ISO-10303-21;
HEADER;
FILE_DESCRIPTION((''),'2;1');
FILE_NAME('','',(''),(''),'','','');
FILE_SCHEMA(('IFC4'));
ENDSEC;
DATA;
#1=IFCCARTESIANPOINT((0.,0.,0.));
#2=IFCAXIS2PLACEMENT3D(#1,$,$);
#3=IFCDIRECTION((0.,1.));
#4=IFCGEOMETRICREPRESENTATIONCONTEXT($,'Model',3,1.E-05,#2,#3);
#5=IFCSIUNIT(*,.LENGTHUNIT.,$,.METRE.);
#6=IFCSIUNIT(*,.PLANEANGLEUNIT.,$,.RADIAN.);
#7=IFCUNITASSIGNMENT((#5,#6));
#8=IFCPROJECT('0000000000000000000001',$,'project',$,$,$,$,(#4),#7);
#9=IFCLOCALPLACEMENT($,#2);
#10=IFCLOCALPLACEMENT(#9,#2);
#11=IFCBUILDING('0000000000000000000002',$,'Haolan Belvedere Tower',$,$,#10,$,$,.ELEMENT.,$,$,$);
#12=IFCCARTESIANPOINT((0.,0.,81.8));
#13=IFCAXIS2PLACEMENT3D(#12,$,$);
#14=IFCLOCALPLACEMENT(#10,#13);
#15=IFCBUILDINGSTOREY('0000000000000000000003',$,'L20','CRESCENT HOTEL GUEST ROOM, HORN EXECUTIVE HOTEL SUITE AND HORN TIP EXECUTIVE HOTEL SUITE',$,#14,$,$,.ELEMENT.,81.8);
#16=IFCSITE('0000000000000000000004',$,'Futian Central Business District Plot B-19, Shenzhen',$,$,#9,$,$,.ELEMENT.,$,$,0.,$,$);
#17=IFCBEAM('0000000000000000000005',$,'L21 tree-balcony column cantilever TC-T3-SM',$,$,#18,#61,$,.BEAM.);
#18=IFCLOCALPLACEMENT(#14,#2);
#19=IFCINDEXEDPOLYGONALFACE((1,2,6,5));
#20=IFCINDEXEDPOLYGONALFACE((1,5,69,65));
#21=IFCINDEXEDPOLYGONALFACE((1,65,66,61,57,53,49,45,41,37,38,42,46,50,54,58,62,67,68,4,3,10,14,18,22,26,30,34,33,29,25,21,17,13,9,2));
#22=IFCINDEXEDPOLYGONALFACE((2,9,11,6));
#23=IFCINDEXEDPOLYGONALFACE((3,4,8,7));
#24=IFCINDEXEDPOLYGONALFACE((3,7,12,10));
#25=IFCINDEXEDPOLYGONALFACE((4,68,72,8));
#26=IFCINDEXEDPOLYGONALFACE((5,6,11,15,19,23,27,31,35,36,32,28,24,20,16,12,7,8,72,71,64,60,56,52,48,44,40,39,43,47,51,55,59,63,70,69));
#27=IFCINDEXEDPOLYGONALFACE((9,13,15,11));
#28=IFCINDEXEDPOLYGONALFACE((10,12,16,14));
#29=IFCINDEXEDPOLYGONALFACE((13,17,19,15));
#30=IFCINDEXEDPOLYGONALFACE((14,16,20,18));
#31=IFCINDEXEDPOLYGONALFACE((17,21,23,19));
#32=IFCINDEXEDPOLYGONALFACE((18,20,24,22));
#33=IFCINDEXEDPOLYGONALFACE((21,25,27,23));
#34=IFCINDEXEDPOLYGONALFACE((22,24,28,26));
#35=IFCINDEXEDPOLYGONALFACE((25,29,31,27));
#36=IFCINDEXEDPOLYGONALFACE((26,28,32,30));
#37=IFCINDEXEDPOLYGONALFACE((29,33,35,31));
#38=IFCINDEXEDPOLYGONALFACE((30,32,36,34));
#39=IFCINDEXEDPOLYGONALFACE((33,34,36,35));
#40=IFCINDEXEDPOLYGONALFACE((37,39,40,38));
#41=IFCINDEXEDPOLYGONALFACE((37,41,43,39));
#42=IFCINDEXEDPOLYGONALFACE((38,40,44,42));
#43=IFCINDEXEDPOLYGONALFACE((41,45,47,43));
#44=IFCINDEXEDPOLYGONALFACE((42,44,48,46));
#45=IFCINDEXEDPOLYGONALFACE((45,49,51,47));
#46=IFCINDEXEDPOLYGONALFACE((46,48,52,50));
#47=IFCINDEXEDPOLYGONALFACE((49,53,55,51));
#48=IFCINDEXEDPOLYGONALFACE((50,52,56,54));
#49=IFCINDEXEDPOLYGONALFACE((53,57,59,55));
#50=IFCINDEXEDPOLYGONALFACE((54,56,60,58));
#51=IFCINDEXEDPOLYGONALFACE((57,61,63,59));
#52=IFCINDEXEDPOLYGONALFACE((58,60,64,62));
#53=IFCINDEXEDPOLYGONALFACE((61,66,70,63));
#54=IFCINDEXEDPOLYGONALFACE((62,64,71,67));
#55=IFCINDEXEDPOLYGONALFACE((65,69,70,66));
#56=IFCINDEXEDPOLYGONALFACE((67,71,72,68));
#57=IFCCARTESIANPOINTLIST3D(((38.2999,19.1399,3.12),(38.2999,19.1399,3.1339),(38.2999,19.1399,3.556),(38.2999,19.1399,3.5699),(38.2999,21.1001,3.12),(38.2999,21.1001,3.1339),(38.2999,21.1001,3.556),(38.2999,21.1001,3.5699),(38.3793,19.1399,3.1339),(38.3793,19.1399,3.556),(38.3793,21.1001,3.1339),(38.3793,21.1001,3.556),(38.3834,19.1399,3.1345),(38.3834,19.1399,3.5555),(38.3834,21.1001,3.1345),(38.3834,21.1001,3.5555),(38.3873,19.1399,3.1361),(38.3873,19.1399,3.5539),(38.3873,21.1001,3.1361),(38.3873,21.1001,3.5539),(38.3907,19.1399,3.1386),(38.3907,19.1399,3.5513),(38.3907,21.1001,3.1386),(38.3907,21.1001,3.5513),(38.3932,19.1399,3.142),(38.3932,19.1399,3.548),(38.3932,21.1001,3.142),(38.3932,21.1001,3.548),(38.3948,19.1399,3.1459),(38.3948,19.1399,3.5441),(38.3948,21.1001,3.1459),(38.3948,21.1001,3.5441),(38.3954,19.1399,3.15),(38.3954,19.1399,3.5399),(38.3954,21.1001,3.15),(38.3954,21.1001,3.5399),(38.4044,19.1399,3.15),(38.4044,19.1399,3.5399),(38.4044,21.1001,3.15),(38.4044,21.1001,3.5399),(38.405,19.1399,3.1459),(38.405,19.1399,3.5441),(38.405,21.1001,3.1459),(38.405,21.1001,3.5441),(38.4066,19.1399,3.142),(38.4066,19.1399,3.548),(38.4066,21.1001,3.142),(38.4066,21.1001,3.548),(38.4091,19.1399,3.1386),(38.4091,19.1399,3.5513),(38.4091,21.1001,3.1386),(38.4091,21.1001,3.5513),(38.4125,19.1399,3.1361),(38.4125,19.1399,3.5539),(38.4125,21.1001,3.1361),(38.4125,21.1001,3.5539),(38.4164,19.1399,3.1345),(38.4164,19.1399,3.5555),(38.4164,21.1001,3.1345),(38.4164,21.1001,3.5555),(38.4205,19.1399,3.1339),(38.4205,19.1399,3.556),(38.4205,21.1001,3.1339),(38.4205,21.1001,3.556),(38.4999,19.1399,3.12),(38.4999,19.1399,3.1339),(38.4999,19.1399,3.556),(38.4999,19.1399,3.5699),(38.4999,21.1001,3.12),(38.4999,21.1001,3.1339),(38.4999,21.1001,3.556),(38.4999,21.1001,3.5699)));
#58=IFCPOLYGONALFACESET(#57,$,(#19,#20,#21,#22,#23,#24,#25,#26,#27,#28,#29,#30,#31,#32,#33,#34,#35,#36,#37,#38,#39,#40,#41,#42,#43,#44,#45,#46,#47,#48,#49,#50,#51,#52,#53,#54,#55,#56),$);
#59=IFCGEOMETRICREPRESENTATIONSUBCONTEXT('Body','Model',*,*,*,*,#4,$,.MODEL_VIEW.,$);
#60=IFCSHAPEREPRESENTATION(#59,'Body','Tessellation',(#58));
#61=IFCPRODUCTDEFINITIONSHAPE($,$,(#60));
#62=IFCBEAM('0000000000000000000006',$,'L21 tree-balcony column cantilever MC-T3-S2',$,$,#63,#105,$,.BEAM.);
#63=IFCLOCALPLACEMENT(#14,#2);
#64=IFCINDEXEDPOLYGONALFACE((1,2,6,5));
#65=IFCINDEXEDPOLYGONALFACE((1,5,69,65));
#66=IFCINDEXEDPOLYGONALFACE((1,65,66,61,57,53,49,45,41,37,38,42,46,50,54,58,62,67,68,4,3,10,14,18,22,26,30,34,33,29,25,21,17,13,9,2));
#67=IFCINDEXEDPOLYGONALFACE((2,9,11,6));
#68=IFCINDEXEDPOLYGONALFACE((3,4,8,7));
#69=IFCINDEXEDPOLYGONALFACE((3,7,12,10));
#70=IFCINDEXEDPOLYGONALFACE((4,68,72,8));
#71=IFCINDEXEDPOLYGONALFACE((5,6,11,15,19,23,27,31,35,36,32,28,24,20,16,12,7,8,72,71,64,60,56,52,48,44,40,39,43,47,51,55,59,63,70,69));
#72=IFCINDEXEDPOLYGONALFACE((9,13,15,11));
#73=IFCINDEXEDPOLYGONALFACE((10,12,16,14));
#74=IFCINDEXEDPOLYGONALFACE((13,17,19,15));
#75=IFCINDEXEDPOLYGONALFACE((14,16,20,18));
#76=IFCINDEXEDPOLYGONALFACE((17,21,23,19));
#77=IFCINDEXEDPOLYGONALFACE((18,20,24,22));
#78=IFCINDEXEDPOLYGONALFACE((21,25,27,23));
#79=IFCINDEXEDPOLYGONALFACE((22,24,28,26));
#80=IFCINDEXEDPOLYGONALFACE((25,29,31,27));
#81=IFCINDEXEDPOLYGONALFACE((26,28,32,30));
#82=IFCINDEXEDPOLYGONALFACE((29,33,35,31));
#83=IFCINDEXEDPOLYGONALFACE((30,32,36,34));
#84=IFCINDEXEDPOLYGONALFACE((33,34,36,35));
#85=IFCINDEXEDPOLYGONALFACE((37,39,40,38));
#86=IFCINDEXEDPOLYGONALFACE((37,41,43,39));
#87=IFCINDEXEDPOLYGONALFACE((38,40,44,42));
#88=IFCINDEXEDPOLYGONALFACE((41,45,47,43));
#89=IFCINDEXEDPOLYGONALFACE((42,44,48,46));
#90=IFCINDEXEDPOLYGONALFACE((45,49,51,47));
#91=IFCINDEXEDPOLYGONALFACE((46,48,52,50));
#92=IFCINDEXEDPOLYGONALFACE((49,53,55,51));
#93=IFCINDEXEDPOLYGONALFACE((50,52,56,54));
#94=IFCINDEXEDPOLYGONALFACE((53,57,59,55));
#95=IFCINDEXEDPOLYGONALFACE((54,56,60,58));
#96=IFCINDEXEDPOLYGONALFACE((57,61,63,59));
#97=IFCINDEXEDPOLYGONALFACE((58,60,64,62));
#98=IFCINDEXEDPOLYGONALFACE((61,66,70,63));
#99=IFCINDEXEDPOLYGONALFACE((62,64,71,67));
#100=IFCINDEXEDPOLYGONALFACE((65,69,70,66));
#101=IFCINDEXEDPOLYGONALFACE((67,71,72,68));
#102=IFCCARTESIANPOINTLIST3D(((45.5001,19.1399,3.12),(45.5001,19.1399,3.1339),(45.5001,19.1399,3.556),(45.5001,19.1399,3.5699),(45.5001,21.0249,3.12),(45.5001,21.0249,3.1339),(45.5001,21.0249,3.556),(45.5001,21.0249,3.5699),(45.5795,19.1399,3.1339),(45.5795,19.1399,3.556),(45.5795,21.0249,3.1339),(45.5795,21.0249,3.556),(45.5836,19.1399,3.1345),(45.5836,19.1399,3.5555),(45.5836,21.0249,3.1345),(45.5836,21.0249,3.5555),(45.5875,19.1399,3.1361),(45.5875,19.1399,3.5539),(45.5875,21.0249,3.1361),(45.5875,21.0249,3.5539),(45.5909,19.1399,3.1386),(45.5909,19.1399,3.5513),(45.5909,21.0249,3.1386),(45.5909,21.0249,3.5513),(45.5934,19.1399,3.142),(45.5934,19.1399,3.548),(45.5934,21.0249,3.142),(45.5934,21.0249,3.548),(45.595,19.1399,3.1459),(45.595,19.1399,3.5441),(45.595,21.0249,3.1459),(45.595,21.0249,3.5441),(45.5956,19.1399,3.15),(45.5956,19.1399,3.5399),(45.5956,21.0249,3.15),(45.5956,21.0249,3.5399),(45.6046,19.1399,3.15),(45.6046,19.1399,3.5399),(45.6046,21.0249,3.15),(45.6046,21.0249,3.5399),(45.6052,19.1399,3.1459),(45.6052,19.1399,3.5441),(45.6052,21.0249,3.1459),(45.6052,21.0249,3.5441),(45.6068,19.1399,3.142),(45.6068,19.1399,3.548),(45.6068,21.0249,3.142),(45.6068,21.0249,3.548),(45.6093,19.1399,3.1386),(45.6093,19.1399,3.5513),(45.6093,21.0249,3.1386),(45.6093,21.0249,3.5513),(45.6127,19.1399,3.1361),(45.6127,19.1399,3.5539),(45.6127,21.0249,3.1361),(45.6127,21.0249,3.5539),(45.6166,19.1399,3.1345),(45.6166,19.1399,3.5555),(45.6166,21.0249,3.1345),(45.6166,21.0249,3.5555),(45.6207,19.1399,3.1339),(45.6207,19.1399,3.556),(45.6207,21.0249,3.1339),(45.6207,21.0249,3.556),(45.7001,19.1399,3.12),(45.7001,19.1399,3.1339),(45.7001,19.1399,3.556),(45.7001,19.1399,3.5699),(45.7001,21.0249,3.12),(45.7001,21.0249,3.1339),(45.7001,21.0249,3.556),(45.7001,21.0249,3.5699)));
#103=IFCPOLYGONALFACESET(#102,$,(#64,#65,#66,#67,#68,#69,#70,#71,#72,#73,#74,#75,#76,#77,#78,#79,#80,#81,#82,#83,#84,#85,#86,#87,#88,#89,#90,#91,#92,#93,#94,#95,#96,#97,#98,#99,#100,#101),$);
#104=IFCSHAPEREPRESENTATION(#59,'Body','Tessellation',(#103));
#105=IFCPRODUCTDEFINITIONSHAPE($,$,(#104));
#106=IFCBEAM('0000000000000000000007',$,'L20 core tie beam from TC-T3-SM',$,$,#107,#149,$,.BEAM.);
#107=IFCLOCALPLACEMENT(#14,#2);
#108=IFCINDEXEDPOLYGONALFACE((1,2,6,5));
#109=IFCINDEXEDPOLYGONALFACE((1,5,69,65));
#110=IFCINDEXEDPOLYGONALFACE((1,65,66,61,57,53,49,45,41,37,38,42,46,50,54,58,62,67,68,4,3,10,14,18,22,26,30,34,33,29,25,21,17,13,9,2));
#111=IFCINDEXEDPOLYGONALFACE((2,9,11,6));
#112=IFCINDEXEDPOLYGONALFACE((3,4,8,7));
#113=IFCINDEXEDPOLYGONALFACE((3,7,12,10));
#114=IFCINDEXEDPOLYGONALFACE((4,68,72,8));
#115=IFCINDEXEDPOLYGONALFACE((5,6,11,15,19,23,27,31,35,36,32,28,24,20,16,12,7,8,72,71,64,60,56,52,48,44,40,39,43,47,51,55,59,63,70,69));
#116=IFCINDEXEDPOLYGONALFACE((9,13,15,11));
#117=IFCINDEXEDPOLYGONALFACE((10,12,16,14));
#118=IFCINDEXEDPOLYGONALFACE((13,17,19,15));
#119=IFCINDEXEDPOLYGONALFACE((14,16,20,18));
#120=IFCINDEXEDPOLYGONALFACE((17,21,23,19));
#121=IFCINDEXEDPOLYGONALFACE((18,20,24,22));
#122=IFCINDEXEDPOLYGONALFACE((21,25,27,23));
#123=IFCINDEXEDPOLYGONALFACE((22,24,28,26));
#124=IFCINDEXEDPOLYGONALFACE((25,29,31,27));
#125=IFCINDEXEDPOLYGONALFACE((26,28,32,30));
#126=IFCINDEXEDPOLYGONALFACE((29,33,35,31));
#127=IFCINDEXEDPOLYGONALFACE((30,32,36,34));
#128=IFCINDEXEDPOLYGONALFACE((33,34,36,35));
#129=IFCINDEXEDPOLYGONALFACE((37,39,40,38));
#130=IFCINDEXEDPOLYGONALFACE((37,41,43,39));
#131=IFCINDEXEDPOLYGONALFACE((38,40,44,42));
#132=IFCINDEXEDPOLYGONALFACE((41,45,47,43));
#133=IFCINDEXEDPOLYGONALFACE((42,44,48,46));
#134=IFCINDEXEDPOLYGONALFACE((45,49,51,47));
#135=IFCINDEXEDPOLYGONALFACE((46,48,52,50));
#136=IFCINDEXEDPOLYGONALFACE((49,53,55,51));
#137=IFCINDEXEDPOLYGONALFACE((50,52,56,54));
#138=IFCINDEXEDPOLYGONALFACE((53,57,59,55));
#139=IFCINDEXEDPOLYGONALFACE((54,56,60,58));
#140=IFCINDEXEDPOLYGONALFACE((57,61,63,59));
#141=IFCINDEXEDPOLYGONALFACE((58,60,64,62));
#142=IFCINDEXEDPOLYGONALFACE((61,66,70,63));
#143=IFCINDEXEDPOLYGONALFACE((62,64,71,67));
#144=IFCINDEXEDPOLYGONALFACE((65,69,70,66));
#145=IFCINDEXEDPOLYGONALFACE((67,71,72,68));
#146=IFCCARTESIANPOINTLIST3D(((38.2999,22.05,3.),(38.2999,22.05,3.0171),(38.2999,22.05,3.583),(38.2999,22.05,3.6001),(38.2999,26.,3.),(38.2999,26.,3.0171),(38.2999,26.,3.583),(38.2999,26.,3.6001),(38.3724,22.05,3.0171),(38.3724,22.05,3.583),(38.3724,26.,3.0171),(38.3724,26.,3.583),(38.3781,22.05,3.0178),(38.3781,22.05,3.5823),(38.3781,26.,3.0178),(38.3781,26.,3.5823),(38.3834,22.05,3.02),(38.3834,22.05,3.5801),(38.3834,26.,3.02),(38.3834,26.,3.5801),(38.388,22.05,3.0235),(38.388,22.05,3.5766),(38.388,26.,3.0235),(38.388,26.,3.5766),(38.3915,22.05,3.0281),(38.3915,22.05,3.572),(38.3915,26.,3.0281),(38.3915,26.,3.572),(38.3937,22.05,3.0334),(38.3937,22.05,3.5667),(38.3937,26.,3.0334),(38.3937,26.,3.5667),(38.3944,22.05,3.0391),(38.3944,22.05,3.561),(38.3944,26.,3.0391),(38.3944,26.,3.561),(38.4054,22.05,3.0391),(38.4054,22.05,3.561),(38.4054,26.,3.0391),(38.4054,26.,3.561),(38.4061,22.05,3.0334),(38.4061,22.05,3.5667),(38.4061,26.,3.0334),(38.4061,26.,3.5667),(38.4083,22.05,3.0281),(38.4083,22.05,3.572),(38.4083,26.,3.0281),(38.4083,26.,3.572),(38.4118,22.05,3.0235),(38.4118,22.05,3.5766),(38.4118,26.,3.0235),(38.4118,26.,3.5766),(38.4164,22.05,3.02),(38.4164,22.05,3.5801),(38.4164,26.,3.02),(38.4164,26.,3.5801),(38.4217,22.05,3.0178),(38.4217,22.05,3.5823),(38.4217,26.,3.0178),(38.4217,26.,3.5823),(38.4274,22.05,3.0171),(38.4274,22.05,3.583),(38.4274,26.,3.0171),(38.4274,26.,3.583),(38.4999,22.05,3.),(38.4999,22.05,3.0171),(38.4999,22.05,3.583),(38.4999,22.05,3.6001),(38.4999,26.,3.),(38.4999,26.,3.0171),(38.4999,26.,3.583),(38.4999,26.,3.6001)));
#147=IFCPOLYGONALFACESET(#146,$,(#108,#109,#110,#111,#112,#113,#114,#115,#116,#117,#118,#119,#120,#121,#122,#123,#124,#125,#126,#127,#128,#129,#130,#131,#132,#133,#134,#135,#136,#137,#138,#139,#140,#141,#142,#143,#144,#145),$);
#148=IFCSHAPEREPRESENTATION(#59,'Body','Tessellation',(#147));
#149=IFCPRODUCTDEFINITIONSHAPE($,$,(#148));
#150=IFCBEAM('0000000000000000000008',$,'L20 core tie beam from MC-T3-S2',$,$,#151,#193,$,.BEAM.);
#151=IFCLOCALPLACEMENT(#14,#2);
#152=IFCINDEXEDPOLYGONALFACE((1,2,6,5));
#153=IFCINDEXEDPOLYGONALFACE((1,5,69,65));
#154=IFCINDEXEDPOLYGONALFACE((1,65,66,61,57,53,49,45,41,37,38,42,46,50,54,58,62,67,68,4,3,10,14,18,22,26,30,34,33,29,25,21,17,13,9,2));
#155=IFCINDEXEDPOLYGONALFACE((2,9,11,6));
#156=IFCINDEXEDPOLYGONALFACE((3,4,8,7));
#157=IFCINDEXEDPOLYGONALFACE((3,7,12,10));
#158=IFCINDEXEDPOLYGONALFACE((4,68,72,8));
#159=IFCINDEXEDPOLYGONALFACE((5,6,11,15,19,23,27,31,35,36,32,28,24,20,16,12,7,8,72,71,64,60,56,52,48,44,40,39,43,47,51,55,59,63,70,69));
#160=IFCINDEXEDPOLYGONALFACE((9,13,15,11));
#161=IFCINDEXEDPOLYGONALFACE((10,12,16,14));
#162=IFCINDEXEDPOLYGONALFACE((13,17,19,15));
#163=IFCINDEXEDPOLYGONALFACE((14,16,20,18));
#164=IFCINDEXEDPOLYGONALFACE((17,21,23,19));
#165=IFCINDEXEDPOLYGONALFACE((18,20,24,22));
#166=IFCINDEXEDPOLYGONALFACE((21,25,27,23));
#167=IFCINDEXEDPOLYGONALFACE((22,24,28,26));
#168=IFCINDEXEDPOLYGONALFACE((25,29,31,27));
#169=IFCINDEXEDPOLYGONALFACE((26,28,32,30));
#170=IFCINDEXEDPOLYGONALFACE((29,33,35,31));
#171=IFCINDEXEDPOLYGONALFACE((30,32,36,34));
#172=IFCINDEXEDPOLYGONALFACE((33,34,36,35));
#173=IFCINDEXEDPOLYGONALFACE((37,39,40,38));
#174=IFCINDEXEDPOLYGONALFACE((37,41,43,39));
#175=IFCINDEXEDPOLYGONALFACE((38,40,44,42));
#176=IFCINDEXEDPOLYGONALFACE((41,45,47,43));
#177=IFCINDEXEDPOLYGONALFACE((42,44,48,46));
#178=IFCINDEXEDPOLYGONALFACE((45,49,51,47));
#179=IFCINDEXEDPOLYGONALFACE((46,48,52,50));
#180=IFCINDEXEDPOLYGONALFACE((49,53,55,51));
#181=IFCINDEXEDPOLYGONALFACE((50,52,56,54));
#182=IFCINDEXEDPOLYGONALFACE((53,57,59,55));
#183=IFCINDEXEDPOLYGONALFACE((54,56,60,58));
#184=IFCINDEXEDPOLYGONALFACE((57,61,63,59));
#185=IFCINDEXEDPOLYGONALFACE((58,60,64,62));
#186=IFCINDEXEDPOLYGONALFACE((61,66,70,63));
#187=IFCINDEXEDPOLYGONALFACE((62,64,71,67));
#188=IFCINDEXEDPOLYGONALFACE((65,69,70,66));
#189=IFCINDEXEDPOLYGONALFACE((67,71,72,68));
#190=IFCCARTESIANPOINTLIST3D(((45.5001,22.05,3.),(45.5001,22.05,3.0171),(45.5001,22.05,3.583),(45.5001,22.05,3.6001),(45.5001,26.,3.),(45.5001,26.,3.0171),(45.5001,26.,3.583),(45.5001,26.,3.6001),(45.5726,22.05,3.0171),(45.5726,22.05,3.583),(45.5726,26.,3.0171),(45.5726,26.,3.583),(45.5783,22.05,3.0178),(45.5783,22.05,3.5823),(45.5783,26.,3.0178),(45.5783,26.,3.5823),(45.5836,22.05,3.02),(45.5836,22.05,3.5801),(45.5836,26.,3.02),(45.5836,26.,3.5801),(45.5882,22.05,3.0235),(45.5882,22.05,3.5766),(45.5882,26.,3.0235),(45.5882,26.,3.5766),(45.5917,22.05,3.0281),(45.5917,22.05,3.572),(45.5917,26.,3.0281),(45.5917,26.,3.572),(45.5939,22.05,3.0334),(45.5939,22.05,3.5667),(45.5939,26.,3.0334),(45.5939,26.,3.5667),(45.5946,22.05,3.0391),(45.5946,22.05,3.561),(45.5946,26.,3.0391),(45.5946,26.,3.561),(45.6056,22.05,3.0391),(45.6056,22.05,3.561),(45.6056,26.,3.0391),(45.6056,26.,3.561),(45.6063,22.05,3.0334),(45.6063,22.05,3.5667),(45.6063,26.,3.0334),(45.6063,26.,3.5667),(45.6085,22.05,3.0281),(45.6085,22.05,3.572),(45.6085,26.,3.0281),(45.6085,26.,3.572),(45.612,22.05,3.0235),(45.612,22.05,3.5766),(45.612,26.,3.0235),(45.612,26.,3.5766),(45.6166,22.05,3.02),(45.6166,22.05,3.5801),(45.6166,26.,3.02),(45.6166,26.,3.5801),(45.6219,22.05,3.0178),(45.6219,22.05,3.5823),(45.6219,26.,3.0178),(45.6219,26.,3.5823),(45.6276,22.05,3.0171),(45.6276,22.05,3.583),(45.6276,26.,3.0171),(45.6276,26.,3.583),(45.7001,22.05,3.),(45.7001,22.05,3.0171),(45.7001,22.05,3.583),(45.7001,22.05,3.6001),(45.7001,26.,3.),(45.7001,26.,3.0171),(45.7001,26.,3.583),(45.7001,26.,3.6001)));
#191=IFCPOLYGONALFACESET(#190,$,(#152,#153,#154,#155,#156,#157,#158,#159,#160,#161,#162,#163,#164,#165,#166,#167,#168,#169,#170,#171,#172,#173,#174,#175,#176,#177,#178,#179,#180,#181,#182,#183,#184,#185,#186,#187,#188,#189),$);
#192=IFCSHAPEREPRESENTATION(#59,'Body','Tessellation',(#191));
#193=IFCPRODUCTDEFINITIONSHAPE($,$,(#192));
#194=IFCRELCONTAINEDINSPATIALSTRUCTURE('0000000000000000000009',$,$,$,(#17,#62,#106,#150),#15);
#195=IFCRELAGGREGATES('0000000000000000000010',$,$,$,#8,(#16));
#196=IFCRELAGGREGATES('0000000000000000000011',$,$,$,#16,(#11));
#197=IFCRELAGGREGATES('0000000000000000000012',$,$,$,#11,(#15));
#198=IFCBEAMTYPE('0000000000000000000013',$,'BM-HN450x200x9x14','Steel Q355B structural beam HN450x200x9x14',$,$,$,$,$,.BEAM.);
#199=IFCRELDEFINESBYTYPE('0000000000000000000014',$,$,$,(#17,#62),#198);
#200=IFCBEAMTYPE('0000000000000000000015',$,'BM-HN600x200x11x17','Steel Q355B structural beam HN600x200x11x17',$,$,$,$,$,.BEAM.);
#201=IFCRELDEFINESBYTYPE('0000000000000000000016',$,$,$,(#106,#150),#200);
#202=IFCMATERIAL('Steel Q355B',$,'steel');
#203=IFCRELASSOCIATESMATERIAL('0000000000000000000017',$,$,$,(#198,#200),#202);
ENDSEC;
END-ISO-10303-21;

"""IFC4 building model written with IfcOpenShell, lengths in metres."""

from ifc_helpers import new_model, si_unit, direction, frame, origin, origin_2d, place, context, subcontext, project, spatial, i_section, extrude, material, material_profile, profile_set, type_object, element, save


model = new_model("IFC4")

# Units and contexts
model_context = context("Model", 3, precision=1e-05, world=origin(), true_north=direction((0.0, 1.0)))
body_context = subcontext(model_context, "Body", "Model", "MODEL_VIEW")
ifc_project = project(units=[si_unit("LENGTHUNIT", "METRE"), si_unit("PLANEANGLEUNIT", "RADIAN")], contexts=[model_context])

# Site, building, storey
site_placement = place(None, origin())
site = spatial("IfcSite", under=ifc_project, at=site_placement, Name="Futian Central Business District Plot B-19, Shenzhen", CompositionType="ELEMENT", RefElevation=0.0)
building_placement = place(site_placement, origin())
building = spatial("IfcBuilding", under=site, at=building_placement, Name="Haolan Belvedere Tower", CompositionType="ELEMENT")
storey_placement = place(building_placement, frame((0.0, 0.0, 81.8)))
storey = spatial("IfcBuildingStorey", under=building, at=storey_placement, Name="L20", Description="CRESCENT HOTEL GUEST ROOM, HORN EXECUTIVE HOTEL SUITE AND HORN TIP EXECUTIVE HOTEL SUITE", CompositionType="ELEMENT", Elevation=81.8)

# Shared definitions
ifc_material_1 = material(Name="Steel Q355B", Category="steel")

# Beams
ifc_material_profile_1 = material_profile(ifc_material_1, i_section(OverallWidth=0.2, OverallDepth=0.45, WebThickness=0.009, FlangeThickness=0.0139, FilletRadius=0.0161, at=origin_2d()), Name="Steel Q355B")
ifc_profile_set_1 = profile_set([ifc_material_profile_1], Name="Steel Q355B")
beam_type_1 = type_object("IfcBeamType", Name="BM-HN450x200x9x14", Description="Steel Q355B structural beam HN450x200x9x14", PredefinedType="BEAM", material=ifc_profile_set_1)
beam_1_placement = place(storey_placement, frame((38.3999, 21.1001, 3.345), z_axis=(0.0, -1.0, 0.0), x_axis=(1.0, 0.0, 0.0)))
element("IfcBeam", 1, at=beam_1_placement, inside=storey, type_object=beam_type_1, Name="L21 tree-balcony column cantilever TC-T3-SM", PredefinedType="BEAM", context=body_context, shape_type="SweptSolid", body=[
    extrude(i_section(OverallWidth=0.2, OverallDepth=0.45, WebThickness=0.009, FlangeThickness=0.0139, FilletRadius=0.0161, at=origin_2d()), origin(), (0.0, 0.0, 1.0), 1.9602),
])
beam_2_placement = place(storey_placement, frame((45.6001, 21.0249, 3.345), z_axis=(0.0, -1.0, 0.0), x_axis=(1.0, 0.0, 0.0)))
element("IfcBeam", 2, at=beam_2_placement, inside=storey, type_object=beam_type_1, Name="L21 tree-balcony column cantilever MC-T3-S2", PredefinedType="BEAM", context=body_context, shape_type="SweptSolid", body=[
    extrude(i_section(OverallWidth=0.2, OverallDepth=0.45, WebThickness=0.009, FlangeThickness=0.0139, FilletRadius=0.0161, at=origin_2d()), origin(), (0.0, 0.0, 1.0), 1.885),
])
ifc_material_profile_2 = material_profile(ifc_material_1, i_section(OverallWidth=0.2, OverallDepth=0.6001, WebThickness=0.011, FlangeThickness=0.0171, FilletRadius=0.022, at=origin_2d()), Name="Steel Q355B")
ifc_profile_set_2 = profile_set([ifc_material_profile_2], Name="Steel Q355B")
beam_type_2 = type_object("IfcBeamType", Name="BM-HN600x200x11x17", Description="Steel Q355B structural beam HN600x200x11x17", PredefinedType="BEAM", material=ifc_profile_set_2)
for number, where, z_axis, x_axis, name in (
    (3, (38.3999, 22.05, 3.3), (0.0, 1.0, 0.0), (-1.0, 0.0, 0.0), "L20 core tie beam from TC-T3-SM"),
    (4, (45.6001, 22.05, 3.3), (0.0, 1.0, 0.0), (-1.0, 0.0, 0.0), "L20 core tie beam from MC-T3-S2"),
):
    element("IfcBeam", number, at=place(storey_placement, frame(where, z_axis=z_axis, x_axis=x_axis)), inside=storey, type_object=beam_type_2, Name=name, PredefinedType="BEAM", context=body_context, shape_type="SweptSolid", body=[
        extrude(i_section(OverallWidth=0.2, OverallDepth=0.6001, WebThickness=0.011, FlangeThickness=0.0171, FilletRadius=0.022, at=origin_2d()), origin(), (0.0, 0.0, 1.0), 3.95),
    ])

save(model, "model.ifc")
